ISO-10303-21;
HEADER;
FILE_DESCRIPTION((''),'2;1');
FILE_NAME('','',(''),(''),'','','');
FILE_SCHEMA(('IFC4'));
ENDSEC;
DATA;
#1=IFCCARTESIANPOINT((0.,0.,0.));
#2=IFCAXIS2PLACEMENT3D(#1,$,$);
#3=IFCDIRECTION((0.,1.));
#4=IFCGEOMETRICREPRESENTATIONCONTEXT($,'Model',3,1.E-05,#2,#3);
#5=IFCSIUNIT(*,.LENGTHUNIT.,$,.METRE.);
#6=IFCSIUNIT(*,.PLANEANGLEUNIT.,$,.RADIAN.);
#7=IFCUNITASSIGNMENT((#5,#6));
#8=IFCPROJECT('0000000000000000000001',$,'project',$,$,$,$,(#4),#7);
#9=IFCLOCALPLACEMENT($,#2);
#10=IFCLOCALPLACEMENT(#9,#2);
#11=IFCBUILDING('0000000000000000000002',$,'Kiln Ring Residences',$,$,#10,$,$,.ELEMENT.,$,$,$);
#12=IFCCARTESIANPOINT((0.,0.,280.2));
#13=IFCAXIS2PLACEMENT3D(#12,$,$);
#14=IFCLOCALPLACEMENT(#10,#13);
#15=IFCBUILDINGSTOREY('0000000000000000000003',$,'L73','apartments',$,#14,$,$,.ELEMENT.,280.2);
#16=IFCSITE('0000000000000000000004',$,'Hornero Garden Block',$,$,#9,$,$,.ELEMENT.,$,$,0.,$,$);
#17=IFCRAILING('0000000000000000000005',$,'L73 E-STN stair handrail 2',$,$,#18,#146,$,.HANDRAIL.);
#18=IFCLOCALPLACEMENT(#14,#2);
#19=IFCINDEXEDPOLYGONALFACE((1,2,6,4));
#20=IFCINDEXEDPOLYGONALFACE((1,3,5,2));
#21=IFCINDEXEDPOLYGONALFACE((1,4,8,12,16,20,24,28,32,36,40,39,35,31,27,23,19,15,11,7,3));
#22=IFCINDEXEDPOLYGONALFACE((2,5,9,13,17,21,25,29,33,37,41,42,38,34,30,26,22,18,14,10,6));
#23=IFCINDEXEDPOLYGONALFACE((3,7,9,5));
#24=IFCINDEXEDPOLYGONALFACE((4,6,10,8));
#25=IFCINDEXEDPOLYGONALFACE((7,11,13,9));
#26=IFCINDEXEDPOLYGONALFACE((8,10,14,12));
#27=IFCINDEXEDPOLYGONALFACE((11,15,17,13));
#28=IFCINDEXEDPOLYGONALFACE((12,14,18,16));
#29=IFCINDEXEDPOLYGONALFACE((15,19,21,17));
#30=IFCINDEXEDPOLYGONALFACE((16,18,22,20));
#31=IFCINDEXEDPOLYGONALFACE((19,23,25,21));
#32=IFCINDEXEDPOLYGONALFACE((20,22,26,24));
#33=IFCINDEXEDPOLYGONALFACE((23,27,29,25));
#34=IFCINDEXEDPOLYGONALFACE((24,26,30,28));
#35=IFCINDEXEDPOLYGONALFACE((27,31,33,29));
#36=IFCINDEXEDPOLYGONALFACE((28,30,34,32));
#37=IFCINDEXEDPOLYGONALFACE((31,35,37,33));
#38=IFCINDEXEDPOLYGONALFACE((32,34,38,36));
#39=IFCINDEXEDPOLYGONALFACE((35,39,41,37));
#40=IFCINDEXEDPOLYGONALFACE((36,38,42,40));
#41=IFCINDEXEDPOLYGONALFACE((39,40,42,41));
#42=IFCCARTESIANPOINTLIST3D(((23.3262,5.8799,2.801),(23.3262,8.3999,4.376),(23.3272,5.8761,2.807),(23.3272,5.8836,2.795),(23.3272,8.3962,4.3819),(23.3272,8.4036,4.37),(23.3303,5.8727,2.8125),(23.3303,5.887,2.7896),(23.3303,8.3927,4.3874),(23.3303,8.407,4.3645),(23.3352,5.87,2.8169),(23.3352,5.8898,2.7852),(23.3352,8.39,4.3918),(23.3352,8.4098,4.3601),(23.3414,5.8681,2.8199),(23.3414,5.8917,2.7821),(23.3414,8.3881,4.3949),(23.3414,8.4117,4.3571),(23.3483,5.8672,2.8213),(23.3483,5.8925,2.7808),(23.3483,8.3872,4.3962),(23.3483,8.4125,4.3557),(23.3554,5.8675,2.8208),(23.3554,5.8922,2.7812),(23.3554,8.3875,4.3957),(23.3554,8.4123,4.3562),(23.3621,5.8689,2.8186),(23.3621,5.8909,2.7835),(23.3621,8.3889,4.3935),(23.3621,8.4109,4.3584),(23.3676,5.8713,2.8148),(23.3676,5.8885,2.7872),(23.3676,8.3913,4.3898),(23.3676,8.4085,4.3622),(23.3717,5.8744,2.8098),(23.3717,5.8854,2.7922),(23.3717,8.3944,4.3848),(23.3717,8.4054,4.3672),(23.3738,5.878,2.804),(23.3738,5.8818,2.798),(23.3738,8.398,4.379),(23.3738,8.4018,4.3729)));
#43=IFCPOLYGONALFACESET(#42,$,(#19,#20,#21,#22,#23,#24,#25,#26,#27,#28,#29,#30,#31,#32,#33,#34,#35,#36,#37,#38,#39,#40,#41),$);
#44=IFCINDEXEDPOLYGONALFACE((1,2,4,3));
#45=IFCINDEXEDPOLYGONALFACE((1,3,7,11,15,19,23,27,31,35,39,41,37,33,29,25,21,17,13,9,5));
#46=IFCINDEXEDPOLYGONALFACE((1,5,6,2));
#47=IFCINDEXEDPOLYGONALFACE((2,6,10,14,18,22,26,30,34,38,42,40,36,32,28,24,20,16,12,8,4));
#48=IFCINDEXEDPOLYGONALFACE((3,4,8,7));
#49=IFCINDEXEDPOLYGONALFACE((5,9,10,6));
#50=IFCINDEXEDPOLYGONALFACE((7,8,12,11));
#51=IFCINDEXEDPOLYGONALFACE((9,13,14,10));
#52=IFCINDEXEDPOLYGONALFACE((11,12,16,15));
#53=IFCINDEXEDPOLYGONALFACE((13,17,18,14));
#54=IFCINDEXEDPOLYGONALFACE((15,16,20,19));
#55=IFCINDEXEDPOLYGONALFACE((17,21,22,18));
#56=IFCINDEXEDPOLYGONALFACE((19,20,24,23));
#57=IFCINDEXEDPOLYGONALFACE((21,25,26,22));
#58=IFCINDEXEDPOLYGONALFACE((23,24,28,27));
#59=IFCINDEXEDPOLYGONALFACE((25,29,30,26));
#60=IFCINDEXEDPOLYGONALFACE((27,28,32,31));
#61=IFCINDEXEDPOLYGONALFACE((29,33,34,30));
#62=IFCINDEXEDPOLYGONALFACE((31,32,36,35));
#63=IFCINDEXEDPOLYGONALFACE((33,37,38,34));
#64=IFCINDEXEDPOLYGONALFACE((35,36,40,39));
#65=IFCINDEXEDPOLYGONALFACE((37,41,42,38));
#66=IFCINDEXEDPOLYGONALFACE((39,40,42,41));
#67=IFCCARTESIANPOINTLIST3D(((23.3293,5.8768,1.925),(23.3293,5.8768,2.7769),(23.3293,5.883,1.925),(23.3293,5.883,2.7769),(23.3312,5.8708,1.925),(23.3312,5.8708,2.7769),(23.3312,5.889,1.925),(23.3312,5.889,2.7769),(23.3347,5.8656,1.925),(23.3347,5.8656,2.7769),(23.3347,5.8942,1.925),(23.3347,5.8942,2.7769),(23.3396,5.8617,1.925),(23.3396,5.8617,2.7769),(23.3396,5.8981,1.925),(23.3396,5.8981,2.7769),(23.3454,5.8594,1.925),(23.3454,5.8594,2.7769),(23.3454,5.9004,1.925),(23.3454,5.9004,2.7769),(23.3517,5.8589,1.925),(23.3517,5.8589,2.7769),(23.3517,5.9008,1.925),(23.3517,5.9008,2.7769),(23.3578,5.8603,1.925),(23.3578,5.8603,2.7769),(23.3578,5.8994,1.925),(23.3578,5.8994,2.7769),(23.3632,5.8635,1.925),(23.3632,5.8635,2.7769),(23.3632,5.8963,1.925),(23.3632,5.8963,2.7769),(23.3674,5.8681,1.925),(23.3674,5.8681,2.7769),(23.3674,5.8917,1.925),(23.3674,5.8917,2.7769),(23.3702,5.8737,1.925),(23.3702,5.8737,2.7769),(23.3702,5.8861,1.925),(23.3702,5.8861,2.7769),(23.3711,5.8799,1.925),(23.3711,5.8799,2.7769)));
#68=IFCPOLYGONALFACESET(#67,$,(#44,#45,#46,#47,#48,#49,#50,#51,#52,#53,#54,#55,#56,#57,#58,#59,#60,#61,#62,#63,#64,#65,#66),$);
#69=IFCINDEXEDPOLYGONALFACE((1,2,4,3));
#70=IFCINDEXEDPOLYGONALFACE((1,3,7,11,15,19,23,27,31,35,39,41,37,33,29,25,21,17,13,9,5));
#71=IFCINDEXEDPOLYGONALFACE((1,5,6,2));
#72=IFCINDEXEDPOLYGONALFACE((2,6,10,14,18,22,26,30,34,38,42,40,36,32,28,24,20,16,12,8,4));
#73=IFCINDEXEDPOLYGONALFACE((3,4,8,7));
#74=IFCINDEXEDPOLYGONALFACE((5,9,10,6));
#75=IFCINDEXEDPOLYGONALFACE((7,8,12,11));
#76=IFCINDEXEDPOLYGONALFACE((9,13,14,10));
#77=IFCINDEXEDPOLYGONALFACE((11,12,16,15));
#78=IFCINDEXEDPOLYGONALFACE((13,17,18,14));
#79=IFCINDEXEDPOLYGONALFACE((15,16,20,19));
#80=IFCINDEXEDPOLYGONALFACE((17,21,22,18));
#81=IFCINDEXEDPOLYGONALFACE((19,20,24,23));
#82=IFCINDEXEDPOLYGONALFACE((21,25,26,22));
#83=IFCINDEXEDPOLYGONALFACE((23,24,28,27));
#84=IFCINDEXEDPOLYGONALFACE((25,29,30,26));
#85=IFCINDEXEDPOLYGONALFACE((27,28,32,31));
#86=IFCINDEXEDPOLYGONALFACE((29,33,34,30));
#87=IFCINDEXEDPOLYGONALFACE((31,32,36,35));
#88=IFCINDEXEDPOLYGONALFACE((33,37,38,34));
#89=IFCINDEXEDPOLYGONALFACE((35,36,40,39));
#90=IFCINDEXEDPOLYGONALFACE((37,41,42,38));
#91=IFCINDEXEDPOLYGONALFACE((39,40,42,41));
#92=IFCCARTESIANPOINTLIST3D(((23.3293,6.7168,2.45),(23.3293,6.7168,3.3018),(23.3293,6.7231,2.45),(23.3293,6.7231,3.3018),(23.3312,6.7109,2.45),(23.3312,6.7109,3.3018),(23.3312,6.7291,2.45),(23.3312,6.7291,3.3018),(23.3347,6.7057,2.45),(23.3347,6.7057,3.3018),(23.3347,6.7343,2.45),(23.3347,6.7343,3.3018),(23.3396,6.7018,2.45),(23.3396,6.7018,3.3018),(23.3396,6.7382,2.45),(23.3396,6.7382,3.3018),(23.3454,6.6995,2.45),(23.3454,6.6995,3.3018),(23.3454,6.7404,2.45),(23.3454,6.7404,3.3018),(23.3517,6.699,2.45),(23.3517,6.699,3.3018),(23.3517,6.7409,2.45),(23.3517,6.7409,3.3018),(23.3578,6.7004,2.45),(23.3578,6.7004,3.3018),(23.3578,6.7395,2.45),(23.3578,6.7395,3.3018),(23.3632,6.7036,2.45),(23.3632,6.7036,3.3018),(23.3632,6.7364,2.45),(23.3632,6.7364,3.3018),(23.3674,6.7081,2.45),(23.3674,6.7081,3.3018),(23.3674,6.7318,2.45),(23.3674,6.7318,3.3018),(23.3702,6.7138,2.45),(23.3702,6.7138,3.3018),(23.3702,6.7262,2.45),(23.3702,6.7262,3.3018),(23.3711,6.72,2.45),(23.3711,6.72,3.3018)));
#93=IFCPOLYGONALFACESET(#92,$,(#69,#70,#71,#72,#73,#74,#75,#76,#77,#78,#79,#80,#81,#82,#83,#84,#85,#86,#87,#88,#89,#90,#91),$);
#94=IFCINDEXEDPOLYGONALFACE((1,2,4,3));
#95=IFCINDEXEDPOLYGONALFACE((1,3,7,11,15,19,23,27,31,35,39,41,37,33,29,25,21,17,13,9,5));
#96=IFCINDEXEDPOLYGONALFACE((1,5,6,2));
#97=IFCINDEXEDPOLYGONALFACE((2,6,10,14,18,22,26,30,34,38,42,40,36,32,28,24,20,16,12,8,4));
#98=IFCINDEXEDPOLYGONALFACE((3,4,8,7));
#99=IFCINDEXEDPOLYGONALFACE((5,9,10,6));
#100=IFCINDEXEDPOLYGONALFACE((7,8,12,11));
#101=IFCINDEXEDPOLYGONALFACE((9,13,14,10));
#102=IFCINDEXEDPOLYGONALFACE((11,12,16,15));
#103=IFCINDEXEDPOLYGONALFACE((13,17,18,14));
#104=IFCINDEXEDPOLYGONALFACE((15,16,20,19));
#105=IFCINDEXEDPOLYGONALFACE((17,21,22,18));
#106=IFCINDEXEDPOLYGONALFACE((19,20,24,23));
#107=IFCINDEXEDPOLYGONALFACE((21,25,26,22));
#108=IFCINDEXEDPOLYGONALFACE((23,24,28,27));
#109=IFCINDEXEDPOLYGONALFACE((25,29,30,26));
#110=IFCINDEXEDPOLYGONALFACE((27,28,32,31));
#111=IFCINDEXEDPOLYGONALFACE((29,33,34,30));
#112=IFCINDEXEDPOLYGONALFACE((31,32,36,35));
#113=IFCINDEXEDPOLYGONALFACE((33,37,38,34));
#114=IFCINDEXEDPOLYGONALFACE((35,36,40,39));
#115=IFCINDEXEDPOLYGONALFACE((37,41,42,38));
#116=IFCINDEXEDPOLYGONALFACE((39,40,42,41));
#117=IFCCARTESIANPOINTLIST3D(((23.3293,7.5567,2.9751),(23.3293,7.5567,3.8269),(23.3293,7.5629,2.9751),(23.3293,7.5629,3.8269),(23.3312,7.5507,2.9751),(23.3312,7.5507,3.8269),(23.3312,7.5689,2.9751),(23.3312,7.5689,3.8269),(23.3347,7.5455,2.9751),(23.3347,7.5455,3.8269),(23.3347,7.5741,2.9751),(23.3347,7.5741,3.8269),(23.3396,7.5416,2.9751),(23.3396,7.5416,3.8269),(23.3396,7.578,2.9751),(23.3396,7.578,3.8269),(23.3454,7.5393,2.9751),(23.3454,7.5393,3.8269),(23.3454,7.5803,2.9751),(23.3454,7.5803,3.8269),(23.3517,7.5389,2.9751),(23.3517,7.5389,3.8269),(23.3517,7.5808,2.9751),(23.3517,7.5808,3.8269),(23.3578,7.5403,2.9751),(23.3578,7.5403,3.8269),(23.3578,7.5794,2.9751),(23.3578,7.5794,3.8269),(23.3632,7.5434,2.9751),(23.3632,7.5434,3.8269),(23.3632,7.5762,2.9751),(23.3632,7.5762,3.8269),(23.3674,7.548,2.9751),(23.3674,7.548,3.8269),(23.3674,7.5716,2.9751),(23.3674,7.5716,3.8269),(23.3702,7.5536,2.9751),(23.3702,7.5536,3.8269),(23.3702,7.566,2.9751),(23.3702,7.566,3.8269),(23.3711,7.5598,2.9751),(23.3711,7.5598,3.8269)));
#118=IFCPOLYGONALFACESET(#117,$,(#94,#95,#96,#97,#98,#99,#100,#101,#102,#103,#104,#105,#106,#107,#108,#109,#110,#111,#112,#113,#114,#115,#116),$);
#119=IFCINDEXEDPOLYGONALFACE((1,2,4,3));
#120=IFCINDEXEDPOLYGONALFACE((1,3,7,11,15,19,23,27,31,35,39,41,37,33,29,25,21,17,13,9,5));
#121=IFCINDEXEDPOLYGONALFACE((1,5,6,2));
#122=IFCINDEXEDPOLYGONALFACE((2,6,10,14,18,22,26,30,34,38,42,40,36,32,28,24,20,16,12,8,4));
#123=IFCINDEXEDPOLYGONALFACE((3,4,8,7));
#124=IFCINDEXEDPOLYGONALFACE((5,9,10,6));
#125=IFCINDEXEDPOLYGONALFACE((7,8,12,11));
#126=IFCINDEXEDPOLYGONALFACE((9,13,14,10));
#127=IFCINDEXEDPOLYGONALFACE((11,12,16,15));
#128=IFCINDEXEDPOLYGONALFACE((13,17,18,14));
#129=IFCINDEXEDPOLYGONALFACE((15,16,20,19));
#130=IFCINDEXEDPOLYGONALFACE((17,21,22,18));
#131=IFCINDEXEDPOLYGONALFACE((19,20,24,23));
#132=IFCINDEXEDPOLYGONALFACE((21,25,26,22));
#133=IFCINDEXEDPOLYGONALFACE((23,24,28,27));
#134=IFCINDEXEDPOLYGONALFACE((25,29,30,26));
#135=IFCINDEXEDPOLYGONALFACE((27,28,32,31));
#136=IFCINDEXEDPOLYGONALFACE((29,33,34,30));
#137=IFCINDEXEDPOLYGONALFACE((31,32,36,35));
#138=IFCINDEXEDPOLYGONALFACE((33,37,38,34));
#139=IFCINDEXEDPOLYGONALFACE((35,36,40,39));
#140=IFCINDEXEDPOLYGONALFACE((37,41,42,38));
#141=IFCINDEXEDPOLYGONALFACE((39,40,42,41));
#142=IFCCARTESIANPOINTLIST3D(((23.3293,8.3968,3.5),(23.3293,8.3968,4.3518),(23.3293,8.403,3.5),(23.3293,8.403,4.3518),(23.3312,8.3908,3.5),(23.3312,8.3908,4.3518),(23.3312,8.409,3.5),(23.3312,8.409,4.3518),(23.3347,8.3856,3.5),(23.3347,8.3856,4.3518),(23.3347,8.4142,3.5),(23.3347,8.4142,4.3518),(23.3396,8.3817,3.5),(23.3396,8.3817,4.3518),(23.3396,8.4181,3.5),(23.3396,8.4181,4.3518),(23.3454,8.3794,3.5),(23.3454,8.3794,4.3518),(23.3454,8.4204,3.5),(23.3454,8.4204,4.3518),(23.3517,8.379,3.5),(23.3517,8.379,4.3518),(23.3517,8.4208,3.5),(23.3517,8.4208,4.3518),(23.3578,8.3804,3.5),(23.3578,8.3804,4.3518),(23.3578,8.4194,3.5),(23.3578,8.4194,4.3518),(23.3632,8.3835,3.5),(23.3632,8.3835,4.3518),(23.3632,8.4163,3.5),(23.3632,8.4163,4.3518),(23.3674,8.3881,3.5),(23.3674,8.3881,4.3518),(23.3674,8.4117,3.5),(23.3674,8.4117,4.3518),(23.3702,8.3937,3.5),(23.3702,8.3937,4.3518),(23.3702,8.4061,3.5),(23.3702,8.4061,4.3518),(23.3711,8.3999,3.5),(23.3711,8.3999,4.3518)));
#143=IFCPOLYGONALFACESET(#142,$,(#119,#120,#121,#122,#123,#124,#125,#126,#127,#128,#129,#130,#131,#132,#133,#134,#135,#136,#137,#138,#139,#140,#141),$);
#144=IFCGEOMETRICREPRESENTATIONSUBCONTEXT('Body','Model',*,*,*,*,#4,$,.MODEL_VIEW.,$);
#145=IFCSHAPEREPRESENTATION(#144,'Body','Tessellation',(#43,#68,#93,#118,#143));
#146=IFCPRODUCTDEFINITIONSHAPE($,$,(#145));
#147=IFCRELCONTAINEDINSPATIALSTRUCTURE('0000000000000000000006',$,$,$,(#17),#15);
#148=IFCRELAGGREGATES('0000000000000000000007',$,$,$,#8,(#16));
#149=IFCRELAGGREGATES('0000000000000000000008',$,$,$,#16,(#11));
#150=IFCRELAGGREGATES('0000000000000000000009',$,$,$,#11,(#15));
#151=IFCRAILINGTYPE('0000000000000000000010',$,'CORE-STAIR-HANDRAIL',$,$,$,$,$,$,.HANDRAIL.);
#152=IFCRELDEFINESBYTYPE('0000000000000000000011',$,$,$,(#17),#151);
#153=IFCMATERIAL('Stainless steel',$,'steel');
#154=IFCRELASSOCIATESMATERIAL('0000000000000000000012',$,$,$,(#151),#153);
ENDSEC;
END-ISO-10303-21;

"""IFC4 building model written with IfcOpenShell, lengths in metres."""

from ifc_helpers import new_model, si_unit, direction, frame, origin, origin_2d, place, context, subcontext, project, spatial, circle, extrude, material, type_object, element, save


model = new_model("IFC4")

# Units and contexts
model_context = context("Model", 3, precision=1e-05, world=origin(), true_north=direction((0.0, 1.0)))
body_context = subcontext(model_context, "Body", "Model", "MODEL_VIEW")
ifc_project = project(units=[si_unit("LENGTHUNIT", "METRE"), si_unit("PLANEANGLEUNIT", "RADIAN")], contexts=[model_context])

# Site, building, storey
site_placement = place(None, origin())
site = spatial("IfcSite", under=ifc_project, at=site_placement, Name="Hornero Garden Block", CompositionType="ELEMENT", RefElevation=0.0)
building_placement = place(site_placement, origin())
building = spatial("IfcBuilding", under=site, at=building_placement, Name="Kiln Ring Residences", CompositionType="ELEMENT")
storey_placement = place(building_placement, frame((0.0, 0.0, 280.2)))
storey = spatial("IfcBuildingStorey", under=building, at=storey_placement, Name="L73", Description="apartments", CompositionType="ELEMENT", Elevation=280.2)

# Railing
ifc_material_1 = material(Name="Stainless steel", Category="steel")
railing_type_1 = type_object("IfcRailingType", Name="CORE-STAIR-HANDRAIL", PredefinedType="HANDRAIL", material=ifc_material_1)
railing_1_placement = place(storey_placement, frame((23.3501, 5.8799, 1.925)))
element("IfcRailing", 1, at=railing_1_placement, inside=storey, type_object=railing_type_1, Name="L73 E-STN stair handrail 2", PredefinedType="HANDRAIL", context=body_context, shape_type="SweptSolid", body=[
    extrude(circle(Radius=0.0239, at=origin_2d()), frame((0.0, 0.0, 0.876), z_axis=(0.0, 0.848008, 0.529984), x_axis=(-1.0, 0.0, 0.0)), (0.0, 0.0, 1.0), 2.9717),
    extrude(circle(Radius=0.021, at=origin_2d()), origin(), (0.0, 0.0, 1.0), 0.8518),
    extrude(circle(Radius=0.021, at=origin_2d()), frame((0.0, 0.8401, 0.5249)), (0.0, 0.0, 1.0), 0.8518),
    extrude(circle(Radius=0.021, at=origin_2d()), frame((0.0, 1.6799, 1.05)), (0.0, 0.0, 1.0), 0.8518),
    extrude(circle(Radius=0.021, at=origin_2d()), frame((0.0, 2.52, 1.575)), (0.0, 0.0, 1.0), 0.8518),
])

save(model, "model.ifc")
